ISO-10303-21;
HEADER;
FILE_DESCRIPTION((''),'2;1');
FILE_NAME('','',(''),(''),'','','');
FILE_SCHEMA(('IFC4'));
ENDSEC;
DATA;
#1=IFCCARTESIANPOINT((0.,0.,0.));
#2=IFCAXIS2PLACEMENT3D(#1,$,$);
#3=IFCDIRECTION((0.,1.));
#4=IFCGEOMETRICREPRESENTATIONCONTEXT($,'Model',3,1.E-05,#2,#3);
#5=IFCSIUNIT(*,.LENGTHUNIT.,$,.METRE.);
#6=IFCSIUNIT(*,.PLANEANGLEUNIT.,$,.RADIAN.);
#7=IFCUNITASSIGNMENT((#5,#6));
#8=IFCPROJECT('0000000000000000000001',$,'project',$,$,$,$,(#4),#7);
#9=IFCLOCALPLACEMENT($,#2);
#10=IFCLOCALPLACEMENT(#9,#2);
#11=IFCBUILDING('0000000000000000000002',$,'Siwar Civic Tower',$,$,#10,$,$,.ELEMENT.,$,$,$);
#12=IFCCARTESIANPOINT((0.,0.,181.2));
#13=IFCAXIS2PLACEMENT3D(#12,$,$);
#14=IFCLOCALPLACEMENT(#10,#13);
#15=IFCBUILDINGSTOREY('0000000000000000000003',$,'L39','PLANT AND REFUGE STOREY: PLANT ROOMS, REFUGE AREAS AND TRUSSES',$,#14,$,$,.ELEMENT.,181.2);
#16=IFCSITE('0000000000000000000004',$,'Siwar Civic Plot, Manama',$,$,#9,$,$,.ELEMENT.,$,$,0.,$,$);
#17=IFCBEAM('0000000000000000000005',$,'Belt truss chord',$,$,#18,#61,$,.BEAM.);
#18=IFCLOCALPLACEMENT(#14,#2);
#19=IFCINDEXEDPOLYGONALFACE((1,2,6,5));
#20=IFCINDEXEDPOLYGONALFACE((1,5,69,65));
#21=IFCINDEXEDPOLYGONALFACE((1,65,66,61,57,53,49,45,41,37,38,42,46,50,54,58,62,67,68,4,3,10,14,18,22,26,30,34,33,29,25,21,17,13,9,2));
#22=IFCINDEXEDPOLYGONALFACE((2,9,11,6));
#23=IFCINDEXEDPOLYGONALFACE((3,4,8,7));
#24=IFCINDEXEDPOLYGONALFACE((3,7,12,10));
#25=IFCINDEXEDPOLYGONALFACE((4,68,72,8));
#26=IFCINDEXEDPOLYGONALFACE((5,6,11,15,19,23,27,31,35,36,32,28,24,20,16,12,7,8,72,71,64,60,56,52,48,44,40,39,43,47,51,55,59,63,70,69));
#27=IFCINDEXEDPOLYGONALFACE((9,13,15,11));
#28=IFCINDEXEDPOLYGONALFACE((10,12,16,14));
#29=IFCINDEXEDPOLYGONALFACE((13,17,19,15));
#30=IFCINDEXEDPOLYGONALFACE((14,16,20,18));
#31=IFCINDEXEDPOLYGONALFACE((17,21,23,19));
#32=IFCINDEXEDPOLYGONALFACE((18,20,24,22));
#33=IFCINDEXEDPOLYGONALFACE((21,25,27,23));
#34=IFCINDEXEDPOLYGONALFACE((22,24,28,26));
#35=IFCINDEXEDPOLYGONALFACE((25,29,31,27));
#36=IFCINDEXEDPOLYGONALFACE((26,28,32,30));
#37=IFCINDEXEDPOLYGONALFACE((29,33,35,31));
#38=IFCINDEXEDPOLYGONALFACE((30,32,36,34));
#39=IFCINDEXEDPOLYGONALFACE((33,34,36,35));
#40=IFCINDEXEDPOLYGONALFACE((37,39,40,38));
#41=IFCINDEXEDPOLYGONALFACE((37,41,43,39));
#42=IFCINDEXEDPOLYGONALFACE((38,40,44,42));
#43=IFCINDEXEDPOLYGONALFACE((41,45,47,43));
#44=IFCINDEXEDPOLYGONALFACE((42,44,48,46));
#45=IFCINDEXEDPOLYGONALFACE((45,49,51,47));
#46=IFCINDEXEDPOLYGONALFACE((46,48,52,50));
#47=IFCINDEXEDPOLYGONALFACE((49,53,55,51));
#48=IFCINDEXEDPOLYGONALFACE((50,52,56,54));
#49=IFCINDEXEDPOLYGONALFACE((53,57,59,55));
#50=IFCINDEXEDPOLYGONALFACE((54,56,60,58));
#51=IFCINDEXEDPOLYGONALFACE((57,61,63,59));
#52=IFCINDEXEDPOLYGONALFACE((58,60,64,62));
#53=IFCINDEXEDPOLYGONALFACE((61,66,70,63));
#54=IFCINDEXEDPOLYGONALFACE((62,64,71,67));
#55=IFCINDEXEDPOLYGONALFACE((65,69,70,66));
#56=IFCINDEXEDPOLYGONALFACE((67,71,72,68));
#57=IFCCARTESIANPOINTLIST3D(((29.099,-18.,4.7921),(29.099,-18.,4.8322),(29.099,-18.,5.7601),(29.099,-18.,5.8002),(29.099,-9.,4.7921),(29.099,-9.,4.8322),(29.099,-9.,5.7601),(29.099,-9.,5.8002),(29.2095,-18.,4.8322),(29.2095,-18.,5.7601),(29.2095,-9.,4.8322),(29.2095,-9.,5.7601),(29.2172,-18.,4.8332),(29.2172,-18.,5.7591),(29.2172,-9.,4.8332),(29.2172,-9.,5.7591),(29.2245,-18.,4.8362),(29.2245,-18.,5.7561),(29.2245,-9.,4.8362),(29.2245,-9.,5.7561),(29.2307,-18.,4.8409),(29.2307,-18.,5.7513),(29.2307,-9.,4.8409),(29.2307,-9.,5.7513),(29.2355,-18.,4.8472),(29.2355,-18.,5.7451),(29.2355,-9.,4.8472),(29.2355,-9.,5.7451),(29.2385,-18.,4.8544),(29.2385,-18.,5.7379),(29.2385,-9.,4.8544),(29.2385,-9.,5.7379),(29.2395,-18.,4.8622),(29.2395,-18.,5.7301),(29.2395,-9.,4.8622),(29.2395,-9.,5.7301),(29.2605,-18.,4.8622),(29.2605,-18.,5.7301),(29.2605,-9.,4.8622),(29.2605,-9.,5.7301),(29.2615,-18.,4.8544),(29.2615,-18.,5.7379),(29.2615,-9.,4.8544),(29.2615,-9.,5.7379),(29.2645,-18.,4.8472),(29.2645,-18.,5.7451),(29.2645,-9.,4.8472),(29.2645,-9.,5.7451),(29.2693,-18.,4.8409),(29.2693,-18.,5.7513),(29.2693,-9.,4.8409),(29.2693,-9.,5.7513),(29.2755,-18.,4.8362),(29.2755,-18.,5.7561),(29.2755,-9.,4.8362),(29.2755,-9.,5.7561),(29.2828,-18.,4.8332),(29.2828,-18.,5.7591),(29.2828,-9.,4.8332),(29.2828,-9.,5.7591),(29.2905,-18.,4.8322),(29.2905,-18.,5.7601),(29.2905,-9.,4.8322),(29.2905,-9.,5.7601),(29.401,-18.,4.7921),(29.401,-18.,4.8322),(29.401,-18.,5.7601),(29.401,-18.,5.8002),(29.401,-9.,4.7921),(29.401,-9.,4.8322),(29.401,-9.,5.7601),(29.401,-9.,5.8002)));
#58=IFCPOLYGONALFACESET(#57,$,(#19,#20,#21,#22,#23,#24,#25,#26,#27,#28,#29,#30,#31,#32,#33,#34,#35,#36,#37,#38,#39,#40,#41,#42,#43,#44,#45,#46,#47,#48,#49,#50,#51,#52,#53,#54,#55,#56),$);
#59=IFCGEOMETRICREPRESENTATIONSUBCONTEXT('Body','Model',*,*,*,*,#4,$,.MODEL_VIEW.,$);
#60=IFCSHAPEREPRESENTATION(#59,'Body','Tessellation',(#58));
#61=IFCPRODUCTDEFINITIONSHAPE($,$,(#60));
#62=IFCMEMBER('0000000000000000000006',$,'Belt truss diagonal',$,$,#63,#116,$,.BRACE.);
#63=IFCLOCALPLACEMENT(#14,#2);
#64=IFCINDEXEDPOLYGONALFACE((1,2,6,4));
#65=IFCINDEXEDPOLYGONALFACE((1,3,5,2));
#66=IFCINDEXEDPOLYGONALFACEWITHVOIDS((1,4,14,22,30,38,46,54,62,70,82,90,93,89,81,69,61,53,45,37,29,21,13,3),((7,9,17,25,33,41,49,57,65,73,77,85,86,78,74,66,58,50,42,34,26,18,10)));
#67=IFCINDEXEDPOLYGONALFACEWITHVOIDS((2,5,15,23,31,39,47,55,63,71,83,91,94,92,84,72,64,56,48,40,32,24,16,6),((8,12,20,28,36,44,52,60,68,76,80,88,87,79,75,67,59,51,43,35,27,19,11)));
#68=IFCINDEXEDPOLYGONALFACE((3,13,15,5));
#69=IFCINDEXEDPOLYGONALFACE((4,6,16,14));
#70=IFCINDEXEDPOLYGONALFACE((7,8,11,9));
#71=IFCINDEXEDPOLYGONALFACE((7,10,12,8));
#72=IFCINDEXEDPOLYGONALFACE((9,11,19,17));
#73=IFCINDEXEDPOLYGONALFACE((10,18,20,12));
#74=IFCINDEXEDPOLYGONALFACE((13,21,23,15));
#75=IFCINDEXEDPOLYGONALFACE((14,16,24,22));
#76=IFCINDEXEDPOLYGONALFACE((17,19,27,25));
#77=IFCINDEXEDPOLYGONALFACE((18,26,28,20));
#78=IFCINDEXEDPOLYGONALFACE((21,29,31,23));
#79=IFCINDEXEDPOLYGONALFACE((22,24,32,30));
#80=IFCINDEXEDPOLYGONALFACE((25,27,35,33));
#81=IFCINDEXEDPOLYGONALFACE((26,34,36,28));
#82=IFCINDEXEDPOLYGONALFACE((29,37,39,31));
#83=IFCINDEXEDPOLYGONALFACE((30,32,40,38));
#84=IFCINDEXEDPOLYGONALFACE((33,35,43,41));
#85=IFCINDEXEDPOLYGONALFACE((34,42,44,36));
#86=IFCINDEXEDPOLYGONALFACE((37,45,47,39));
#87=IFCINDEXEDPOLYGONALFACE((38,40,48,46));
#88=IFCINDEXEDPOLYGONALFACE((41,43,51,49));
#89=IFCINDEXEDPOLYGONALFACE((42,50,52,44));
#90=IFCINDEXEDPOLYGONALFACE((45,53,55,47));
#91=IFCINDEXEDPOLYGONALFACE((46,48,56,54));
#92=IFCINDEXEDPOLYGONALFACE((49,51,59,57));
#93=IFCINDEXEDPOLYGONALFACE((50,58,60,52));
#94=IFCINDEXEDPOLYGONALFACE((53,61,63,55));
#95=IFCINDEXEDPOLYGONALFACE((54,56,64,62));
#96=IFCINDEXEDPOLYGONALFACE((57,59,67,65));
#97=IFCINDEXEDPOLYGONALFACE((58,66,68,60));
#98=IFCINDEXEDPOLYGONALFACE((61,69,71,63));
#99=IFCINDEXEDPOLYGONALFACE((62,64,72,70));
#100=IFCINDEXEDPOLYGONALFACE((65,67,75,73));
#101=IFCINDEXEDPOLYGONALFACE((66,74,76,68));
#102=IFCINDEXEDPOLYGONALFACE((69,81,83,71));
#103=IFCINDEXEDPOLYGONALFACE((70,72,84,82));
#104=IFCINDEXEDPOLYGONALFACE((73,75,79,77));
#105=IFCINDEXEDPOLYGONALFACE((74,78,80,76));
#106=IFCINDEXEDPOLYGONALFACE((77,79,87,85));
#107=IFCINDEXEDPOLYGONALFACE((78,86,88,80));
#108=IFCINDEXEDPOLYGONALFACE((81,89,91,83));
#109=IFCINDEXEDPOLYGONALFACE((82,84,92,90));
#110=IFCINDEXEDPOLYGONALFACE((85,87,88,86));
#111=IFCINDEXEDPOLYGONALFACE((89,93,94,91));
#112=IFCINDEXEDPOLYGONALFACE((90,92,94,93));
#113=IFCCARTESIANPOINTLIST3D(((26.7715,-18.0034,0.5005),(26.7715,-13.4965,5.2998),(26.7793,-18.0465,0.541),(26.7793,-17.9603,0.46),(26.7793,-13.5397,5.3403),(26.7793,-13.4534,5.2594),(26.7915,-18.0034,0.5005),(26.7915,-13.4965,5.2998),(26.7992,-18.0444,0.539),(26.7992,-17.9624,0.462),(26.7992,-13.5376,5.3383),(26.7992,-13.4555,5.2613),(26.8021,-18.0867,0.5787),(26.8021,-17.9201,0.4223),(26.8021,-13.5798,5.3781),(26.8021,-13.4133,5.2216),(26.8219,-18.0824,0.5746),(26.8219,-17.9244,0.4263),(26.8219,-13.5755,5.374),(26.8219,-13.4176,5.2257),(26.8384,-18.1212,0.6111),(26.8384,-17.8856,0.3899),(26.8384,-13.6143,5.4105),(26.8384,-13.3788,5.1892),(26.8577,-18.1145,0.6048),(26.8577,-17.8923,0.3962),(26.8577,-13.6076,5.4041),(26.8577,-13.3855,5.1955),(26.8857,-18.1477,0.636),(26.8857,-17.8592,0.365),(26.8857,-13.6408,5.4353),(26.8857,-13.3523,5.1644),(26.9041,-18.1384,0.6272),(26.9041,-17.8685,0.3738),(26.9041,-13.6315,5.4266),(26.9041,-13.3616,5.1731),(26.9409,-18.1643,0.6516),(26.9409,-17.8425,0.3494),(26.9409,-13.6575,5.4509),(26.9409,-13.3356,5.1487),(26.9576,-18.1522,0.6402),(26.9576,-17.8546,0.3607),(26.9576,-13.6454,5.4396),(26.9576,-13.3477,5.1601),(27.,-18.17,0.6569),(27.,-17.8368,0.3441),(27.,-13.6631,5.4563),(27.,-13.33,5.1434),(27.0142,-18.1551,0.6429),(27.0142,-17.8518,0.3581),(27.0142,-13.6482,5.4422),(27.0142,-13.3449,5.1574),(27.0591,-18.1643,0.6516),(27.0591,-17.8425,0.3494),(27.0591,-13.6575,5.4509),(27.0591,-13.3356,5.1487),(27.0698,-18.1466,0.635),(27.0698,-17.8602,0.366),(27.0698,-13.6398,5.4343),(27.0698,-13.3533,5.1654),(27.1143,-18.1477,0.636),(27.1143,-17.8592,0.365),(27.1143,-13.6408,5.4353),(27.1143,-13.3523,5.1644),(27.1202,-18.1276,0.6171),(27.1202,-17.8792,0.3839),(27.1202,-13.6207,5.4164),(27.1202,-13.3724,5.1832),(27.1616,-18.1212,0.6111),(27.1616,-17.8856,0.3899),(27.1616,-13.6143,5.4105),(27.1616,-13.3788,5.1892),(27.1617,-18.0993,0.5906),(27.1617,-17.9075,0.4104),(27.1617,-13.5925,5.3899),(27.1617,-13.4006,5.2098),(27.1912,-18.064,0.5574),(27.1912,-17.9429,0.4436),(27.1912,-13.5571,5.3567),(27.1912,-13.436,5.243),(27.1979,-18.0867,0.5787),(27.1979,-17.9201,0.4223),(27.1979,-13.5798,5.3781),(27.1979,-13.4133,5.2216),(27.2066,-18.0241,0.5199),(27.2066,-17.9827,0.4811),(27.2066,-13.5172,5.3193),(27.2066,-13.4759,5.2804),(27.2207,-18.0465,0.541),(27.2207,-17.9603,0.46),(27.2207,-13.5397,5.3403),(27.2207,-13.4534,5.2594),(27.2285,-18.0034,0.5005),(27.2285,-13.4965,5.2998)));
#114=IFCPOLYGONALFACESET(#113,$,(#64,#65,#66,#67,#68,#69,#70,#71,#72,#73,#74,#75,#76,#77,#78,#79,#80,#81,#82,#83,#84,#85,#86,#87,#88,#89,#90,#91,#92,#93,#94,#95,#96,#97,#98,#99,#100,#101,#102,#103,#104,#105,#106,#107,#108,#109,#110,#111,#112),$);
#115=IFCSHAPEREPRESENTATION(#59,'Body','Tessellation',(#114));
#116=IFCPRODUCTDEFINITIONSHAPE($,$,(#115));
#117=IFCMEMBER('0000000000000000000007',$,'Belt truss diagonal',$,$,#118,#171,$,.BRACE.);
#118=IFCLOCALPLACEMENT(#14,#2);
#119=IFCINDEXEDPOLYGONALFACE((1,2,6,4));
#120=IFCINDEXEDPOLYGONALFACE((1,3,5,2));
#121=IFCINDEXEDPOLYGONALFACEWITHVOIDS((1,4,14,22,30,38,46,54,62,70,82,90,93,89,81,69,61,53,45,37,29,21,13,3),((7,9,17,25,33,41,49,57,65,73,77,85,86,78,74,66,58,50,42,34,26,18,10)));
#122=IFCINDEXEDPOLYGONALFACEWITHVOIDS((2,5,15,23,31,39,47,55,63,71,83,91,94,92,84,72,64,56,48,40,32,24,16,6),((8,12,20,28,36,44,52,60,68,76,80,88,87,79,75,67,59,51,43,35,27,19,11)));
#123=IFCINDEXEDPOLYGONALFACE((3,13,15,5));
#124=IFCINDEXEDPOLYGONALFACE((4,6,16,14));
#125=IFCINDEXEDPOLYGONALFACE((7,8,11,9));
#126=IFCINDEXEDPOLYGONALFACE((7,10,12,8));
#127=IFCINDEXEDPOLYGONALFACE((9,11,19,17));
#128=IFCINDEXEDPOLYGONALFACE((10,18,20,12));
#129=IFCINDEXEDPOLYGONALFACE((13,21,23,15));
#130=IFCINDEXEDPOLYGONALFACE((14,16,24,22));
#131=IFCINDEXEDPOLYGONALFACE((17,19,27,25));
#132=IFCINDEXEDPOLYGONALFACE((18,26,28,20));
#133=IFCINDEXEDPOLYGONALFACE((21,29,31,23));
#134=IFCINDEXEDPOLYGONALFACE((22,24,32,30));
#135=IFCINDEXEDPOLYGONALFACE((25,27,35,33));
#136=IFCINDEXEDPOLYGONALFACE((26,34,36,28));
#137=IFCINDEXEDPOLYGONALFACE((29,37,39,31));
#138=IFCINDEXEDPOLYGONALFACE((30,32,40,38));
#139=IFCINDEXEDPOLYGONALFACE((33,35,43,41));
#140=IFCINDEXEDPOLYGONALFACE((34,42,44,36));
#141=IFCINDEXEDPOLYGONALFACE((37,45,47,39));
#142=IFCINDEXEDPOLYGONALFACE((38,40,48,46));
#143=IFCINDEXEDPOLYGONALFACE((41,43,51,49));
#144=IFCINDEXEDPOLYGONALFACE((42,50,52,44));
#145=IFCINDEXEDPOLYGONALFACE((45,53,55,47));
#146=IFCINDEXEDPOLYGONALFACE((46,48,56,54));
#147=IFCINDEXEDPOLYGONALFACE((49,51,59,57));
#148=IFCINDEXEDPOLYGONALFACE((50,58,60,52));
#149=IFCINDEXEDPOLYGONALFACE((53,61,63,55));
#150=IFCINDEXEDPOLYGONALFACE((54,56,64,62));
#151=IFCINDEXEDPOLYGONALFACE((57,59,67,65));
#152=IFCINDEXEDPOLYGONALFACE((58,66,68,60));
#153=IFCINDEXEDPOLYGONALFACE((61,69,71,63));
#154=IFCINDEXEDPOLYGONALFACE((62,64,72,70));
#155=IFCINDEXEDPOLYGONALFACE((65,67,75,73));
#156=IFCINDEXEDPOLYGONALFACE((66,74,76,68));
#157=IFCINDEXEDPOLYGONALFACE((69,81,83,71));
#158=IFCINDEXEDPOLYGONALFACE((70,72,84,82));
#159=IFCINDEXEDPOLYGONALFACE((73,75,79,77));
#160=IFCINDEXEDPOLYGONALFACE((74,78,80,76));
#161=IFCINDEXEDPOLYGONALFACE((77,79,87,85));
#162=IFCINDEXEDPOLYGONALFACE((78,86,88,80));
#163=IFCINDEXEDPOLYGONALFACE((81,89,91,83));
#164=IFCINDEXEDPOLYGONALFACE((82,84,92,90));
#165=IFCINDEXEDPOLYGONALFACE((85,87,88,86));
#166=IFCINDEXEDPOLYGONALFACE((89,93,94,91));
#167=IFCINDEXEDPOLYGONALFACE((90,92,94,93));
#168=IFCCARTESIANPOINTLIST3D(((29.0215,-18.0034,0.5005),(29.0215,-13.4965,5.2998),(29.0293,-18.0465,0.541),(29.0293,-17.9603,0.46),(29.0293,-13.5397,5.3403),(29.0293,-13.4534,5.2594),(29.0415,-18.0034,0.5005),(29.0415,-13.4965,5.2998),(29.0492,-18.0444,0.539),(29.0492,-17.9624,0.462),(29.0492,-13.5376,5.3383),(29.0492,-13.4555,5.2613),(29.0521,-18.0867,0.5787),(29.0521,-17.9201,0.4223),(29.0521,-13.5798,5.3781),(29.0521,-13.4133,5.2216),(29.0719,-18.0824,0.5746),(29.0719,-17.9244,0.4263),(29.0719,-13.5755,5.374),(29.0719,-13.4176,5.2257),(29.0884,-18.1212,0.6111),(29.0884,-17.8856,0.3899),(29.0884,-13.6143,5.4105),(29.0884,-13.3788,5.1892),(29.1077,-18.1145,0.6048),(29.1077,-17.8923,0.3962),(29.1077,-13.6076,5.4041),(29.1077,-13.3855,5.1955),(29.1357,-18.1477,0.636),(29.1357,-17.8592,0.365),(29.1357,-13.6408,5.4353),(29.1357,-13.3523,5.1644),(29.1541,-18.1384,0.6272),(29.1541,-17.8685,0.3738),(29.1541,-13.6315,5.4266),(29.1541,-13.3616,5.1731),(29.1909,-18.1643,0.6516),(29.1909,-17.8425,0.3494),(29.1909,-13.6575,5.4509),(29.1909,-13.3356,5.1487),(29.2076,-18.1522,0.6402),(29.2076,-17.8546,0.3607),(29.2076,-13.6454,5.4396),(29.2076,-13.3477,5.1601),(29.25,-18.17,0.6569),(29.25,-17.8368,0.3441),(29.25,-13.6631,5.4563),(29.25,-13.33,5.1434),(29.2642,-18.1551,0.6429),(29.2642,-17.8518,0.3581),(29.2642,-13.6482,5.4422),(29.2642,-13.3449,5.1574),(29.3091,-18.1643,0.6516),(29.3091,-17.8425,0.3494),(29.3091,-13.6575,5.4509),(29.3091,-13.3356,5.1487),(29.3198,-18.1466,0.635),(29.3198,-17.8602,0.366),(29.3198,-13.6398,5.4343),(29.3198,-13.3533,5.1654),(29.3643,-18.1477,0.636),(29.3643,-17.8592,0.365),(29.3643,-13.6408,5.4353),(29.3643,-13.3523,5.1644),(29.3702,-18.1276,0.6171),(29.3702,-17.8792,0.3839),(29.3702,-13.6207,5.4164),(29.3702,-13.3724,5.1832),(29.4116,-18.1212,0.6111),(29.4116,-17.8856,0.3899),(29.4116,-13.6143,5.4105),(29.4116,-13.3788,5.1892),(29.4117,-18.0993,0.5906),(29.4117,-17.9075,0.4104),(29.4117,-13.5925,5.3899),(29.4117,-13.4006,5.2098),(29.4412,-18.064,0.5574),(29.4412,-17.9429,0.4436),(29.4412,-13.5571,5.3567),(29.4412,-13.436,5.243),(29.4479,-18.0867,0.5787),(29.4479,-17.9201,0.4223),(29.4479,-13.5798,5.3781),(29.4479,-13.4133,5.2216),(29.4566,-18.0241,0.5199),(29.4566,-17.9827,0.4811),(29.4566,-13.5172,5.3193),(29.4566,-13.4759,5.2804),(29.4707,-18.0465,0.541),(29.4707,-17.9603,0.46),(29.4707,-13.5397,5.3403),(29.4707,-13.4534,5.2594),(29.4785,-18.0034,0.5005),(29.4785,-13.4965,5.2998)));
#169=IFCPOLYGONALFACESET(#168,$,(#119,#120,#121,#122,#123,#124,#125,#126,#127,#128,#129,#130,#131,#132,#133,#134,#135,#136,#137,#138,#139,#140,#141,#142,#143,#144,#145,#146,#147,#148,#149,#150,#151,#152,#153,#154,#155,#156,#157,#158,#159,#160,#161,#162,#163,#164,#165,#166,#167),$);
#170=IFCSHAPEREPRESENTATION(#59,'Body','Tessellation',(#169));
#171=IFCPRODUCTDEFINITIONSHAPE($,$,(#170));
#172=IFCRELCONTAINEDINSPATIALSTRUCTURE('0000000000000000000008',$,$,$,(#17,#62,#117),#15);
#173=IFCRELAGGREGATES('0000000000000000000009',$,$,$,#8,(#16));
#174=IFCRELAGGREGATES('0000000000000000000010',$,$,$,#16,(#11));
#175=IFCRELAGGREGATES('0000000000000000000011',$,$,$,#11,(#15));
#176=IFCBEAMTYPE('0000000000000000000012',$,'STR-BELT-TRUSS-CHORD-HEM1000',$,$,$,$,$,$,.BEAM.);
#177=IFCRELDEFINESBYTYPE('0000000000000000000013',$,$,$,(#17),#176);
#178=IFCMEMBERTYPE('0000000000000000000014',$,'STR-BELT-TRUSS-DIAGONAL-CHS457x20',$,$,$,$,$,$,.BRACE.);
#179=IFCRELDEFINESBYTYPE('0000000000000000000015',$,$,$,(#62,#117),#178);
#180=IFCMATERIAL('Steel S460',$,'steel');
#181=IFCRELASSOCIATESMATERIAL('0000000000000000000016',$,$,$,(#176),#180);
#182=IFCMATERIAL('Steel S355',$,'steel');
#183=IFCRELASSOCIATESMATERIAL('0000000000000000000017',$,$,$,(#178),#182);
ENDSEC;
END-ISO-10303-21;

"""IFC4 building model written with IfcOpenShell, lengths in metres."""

from ifc_helpers import new_model, si_unit, direction, frame, origin, origin_2d, place, context, subcontext, project, spatial, hollow_circle, i_section, extrude, material, material_profile, profile_set, type_object, element, save


model = new_model("IFC4")

# Units and contexts
model_context = context("Model", 3, precision=1e-05, world=origin(), true_north=direction((0.0, 1.0)))
body_context = subcontext(model_context, "Body", "Model", "MODEL_VIEW")
ifc_project = project(units=[si_unit("LENGTHUNIT", "METRE"), si_unit("PLANEANGLEUNIT", "RADIAN")], contexts=[model_context])

# Site, building, storey
site_placement = place(None, origin())
site = spatial("IfcSite", under=ifc_project, at=site_placement, Name="Siwar Civic Plot, Manama", CompositionType="ELEMENT", RefElevation=0.0)
building_placement = place(site_placement, origin())
building = spatial("IfcBuilding", under=site, at=building_placement, Name="Siwar Civic Tower", CompositionType="ELEMENT")
storey_placement = place(building_placement, frame((0.0, 0.0, 181.2)))
storey = spatial("IfcBuildingStorey", under=building, at=storey_placement, Name="L39", Description="PLANT AND REFUGE STOREY: PLANT ROOMS, REFUGE AREAS AND TRUSSES", CompositionType="ELEMENT", Elevation=181.2)

# Beam
ifc_material_1 = material(Name="Steel S460", Category="steel")
ifc_material_profile_1 = material_profile(ifc_material_1, i_section(OverallWidth=0.302, OverallDepth=1.0081, WebThickness=0.021, FlangeThickness=0.04, FilletRadius=0.03, at=origin_2d()), Name="HEM1000")
ifc_profile_set_1 = profile_set([ifc_material_profile_1], Name="Steel S460")
beam_type_1 = type_object("IfcBeamType", Name="STR-BELT-TRUSS-CHORD-HEM1000", PredefinedType="BEAM", material=ifc_profile_set_1)
for number, where, z_axis, x_axis, name in (
    (1, (29.25, -18.0, 5.2961), (0.0, 1.0, 0.0), (-1.0, 0.0, 0.0), "Belt truss chord"),
):
    element("IfcBeam", number, at=place(storey_placement, frame(where, z_axis=z_axis, x_axis=x_axis)), inside=storey, type_object=beam_type_1, Name=name, PredefinedType="BEAM", context=body_context, shape_type="SweptSolid", body=[
        extrude(i_section(OverallWidth=0.302, OverallDepth=1.0081, WebThickness=0.021, FlangeThickness=0.04, FilletRadius=0.03, at=origin_2d()), origin(), (0.0, 0.0, 1.0), 9.0),
    ])

# Members
ifc_material_2 = material(Name="Steel S355", Category="steel")
ifc_material_profile_2 = material_profile(ifc_material_2, hollow_circle(Radius=0.2285, WallThickness=0.02, at=origin_2d()), Name="CHS457x20")
ifc_profile_set_2 = profile_set([ifc_material_profile_2], Name="Steel S355")
member_type_1 = type_object("IfcMemberType", Name="STR-BELT-TRUSS-DIAGONAL-CHS457x20", PredefinedType="BRACE", material=ifc_profile_set_2)
for number, where, z_axis, x_axis, name in (
    (2, (27.0, -18.0034, 0.5005), (0.0, 0.684545, 0.72897), (-1.0, 0.0, 0.0), "Belt truss diagonal"),
    (3, (29.25, -18.0034, 0.5005), (0.0, 0.684545, 0.72897), (-1.0, 0.0, 0.0), "Belt truss diagonal"),
):
    element("IfcMember", number, at=place(storey_placement, frame(where, z_axis=z_axis, x_axis=x_axis)), inside=storey, type_object=member_type_1, Name=name, PredefinedType="BRACE", context=body_context, shape_type="SweptSolid", body=[
        extrude(hollow_circle(Radius=0.2285, WallThickness=0.02, at=origin_2d()), origin(), (0.0, 0.0, 1.0), 6.5837),
    ])

save(model, "model.ifc")
